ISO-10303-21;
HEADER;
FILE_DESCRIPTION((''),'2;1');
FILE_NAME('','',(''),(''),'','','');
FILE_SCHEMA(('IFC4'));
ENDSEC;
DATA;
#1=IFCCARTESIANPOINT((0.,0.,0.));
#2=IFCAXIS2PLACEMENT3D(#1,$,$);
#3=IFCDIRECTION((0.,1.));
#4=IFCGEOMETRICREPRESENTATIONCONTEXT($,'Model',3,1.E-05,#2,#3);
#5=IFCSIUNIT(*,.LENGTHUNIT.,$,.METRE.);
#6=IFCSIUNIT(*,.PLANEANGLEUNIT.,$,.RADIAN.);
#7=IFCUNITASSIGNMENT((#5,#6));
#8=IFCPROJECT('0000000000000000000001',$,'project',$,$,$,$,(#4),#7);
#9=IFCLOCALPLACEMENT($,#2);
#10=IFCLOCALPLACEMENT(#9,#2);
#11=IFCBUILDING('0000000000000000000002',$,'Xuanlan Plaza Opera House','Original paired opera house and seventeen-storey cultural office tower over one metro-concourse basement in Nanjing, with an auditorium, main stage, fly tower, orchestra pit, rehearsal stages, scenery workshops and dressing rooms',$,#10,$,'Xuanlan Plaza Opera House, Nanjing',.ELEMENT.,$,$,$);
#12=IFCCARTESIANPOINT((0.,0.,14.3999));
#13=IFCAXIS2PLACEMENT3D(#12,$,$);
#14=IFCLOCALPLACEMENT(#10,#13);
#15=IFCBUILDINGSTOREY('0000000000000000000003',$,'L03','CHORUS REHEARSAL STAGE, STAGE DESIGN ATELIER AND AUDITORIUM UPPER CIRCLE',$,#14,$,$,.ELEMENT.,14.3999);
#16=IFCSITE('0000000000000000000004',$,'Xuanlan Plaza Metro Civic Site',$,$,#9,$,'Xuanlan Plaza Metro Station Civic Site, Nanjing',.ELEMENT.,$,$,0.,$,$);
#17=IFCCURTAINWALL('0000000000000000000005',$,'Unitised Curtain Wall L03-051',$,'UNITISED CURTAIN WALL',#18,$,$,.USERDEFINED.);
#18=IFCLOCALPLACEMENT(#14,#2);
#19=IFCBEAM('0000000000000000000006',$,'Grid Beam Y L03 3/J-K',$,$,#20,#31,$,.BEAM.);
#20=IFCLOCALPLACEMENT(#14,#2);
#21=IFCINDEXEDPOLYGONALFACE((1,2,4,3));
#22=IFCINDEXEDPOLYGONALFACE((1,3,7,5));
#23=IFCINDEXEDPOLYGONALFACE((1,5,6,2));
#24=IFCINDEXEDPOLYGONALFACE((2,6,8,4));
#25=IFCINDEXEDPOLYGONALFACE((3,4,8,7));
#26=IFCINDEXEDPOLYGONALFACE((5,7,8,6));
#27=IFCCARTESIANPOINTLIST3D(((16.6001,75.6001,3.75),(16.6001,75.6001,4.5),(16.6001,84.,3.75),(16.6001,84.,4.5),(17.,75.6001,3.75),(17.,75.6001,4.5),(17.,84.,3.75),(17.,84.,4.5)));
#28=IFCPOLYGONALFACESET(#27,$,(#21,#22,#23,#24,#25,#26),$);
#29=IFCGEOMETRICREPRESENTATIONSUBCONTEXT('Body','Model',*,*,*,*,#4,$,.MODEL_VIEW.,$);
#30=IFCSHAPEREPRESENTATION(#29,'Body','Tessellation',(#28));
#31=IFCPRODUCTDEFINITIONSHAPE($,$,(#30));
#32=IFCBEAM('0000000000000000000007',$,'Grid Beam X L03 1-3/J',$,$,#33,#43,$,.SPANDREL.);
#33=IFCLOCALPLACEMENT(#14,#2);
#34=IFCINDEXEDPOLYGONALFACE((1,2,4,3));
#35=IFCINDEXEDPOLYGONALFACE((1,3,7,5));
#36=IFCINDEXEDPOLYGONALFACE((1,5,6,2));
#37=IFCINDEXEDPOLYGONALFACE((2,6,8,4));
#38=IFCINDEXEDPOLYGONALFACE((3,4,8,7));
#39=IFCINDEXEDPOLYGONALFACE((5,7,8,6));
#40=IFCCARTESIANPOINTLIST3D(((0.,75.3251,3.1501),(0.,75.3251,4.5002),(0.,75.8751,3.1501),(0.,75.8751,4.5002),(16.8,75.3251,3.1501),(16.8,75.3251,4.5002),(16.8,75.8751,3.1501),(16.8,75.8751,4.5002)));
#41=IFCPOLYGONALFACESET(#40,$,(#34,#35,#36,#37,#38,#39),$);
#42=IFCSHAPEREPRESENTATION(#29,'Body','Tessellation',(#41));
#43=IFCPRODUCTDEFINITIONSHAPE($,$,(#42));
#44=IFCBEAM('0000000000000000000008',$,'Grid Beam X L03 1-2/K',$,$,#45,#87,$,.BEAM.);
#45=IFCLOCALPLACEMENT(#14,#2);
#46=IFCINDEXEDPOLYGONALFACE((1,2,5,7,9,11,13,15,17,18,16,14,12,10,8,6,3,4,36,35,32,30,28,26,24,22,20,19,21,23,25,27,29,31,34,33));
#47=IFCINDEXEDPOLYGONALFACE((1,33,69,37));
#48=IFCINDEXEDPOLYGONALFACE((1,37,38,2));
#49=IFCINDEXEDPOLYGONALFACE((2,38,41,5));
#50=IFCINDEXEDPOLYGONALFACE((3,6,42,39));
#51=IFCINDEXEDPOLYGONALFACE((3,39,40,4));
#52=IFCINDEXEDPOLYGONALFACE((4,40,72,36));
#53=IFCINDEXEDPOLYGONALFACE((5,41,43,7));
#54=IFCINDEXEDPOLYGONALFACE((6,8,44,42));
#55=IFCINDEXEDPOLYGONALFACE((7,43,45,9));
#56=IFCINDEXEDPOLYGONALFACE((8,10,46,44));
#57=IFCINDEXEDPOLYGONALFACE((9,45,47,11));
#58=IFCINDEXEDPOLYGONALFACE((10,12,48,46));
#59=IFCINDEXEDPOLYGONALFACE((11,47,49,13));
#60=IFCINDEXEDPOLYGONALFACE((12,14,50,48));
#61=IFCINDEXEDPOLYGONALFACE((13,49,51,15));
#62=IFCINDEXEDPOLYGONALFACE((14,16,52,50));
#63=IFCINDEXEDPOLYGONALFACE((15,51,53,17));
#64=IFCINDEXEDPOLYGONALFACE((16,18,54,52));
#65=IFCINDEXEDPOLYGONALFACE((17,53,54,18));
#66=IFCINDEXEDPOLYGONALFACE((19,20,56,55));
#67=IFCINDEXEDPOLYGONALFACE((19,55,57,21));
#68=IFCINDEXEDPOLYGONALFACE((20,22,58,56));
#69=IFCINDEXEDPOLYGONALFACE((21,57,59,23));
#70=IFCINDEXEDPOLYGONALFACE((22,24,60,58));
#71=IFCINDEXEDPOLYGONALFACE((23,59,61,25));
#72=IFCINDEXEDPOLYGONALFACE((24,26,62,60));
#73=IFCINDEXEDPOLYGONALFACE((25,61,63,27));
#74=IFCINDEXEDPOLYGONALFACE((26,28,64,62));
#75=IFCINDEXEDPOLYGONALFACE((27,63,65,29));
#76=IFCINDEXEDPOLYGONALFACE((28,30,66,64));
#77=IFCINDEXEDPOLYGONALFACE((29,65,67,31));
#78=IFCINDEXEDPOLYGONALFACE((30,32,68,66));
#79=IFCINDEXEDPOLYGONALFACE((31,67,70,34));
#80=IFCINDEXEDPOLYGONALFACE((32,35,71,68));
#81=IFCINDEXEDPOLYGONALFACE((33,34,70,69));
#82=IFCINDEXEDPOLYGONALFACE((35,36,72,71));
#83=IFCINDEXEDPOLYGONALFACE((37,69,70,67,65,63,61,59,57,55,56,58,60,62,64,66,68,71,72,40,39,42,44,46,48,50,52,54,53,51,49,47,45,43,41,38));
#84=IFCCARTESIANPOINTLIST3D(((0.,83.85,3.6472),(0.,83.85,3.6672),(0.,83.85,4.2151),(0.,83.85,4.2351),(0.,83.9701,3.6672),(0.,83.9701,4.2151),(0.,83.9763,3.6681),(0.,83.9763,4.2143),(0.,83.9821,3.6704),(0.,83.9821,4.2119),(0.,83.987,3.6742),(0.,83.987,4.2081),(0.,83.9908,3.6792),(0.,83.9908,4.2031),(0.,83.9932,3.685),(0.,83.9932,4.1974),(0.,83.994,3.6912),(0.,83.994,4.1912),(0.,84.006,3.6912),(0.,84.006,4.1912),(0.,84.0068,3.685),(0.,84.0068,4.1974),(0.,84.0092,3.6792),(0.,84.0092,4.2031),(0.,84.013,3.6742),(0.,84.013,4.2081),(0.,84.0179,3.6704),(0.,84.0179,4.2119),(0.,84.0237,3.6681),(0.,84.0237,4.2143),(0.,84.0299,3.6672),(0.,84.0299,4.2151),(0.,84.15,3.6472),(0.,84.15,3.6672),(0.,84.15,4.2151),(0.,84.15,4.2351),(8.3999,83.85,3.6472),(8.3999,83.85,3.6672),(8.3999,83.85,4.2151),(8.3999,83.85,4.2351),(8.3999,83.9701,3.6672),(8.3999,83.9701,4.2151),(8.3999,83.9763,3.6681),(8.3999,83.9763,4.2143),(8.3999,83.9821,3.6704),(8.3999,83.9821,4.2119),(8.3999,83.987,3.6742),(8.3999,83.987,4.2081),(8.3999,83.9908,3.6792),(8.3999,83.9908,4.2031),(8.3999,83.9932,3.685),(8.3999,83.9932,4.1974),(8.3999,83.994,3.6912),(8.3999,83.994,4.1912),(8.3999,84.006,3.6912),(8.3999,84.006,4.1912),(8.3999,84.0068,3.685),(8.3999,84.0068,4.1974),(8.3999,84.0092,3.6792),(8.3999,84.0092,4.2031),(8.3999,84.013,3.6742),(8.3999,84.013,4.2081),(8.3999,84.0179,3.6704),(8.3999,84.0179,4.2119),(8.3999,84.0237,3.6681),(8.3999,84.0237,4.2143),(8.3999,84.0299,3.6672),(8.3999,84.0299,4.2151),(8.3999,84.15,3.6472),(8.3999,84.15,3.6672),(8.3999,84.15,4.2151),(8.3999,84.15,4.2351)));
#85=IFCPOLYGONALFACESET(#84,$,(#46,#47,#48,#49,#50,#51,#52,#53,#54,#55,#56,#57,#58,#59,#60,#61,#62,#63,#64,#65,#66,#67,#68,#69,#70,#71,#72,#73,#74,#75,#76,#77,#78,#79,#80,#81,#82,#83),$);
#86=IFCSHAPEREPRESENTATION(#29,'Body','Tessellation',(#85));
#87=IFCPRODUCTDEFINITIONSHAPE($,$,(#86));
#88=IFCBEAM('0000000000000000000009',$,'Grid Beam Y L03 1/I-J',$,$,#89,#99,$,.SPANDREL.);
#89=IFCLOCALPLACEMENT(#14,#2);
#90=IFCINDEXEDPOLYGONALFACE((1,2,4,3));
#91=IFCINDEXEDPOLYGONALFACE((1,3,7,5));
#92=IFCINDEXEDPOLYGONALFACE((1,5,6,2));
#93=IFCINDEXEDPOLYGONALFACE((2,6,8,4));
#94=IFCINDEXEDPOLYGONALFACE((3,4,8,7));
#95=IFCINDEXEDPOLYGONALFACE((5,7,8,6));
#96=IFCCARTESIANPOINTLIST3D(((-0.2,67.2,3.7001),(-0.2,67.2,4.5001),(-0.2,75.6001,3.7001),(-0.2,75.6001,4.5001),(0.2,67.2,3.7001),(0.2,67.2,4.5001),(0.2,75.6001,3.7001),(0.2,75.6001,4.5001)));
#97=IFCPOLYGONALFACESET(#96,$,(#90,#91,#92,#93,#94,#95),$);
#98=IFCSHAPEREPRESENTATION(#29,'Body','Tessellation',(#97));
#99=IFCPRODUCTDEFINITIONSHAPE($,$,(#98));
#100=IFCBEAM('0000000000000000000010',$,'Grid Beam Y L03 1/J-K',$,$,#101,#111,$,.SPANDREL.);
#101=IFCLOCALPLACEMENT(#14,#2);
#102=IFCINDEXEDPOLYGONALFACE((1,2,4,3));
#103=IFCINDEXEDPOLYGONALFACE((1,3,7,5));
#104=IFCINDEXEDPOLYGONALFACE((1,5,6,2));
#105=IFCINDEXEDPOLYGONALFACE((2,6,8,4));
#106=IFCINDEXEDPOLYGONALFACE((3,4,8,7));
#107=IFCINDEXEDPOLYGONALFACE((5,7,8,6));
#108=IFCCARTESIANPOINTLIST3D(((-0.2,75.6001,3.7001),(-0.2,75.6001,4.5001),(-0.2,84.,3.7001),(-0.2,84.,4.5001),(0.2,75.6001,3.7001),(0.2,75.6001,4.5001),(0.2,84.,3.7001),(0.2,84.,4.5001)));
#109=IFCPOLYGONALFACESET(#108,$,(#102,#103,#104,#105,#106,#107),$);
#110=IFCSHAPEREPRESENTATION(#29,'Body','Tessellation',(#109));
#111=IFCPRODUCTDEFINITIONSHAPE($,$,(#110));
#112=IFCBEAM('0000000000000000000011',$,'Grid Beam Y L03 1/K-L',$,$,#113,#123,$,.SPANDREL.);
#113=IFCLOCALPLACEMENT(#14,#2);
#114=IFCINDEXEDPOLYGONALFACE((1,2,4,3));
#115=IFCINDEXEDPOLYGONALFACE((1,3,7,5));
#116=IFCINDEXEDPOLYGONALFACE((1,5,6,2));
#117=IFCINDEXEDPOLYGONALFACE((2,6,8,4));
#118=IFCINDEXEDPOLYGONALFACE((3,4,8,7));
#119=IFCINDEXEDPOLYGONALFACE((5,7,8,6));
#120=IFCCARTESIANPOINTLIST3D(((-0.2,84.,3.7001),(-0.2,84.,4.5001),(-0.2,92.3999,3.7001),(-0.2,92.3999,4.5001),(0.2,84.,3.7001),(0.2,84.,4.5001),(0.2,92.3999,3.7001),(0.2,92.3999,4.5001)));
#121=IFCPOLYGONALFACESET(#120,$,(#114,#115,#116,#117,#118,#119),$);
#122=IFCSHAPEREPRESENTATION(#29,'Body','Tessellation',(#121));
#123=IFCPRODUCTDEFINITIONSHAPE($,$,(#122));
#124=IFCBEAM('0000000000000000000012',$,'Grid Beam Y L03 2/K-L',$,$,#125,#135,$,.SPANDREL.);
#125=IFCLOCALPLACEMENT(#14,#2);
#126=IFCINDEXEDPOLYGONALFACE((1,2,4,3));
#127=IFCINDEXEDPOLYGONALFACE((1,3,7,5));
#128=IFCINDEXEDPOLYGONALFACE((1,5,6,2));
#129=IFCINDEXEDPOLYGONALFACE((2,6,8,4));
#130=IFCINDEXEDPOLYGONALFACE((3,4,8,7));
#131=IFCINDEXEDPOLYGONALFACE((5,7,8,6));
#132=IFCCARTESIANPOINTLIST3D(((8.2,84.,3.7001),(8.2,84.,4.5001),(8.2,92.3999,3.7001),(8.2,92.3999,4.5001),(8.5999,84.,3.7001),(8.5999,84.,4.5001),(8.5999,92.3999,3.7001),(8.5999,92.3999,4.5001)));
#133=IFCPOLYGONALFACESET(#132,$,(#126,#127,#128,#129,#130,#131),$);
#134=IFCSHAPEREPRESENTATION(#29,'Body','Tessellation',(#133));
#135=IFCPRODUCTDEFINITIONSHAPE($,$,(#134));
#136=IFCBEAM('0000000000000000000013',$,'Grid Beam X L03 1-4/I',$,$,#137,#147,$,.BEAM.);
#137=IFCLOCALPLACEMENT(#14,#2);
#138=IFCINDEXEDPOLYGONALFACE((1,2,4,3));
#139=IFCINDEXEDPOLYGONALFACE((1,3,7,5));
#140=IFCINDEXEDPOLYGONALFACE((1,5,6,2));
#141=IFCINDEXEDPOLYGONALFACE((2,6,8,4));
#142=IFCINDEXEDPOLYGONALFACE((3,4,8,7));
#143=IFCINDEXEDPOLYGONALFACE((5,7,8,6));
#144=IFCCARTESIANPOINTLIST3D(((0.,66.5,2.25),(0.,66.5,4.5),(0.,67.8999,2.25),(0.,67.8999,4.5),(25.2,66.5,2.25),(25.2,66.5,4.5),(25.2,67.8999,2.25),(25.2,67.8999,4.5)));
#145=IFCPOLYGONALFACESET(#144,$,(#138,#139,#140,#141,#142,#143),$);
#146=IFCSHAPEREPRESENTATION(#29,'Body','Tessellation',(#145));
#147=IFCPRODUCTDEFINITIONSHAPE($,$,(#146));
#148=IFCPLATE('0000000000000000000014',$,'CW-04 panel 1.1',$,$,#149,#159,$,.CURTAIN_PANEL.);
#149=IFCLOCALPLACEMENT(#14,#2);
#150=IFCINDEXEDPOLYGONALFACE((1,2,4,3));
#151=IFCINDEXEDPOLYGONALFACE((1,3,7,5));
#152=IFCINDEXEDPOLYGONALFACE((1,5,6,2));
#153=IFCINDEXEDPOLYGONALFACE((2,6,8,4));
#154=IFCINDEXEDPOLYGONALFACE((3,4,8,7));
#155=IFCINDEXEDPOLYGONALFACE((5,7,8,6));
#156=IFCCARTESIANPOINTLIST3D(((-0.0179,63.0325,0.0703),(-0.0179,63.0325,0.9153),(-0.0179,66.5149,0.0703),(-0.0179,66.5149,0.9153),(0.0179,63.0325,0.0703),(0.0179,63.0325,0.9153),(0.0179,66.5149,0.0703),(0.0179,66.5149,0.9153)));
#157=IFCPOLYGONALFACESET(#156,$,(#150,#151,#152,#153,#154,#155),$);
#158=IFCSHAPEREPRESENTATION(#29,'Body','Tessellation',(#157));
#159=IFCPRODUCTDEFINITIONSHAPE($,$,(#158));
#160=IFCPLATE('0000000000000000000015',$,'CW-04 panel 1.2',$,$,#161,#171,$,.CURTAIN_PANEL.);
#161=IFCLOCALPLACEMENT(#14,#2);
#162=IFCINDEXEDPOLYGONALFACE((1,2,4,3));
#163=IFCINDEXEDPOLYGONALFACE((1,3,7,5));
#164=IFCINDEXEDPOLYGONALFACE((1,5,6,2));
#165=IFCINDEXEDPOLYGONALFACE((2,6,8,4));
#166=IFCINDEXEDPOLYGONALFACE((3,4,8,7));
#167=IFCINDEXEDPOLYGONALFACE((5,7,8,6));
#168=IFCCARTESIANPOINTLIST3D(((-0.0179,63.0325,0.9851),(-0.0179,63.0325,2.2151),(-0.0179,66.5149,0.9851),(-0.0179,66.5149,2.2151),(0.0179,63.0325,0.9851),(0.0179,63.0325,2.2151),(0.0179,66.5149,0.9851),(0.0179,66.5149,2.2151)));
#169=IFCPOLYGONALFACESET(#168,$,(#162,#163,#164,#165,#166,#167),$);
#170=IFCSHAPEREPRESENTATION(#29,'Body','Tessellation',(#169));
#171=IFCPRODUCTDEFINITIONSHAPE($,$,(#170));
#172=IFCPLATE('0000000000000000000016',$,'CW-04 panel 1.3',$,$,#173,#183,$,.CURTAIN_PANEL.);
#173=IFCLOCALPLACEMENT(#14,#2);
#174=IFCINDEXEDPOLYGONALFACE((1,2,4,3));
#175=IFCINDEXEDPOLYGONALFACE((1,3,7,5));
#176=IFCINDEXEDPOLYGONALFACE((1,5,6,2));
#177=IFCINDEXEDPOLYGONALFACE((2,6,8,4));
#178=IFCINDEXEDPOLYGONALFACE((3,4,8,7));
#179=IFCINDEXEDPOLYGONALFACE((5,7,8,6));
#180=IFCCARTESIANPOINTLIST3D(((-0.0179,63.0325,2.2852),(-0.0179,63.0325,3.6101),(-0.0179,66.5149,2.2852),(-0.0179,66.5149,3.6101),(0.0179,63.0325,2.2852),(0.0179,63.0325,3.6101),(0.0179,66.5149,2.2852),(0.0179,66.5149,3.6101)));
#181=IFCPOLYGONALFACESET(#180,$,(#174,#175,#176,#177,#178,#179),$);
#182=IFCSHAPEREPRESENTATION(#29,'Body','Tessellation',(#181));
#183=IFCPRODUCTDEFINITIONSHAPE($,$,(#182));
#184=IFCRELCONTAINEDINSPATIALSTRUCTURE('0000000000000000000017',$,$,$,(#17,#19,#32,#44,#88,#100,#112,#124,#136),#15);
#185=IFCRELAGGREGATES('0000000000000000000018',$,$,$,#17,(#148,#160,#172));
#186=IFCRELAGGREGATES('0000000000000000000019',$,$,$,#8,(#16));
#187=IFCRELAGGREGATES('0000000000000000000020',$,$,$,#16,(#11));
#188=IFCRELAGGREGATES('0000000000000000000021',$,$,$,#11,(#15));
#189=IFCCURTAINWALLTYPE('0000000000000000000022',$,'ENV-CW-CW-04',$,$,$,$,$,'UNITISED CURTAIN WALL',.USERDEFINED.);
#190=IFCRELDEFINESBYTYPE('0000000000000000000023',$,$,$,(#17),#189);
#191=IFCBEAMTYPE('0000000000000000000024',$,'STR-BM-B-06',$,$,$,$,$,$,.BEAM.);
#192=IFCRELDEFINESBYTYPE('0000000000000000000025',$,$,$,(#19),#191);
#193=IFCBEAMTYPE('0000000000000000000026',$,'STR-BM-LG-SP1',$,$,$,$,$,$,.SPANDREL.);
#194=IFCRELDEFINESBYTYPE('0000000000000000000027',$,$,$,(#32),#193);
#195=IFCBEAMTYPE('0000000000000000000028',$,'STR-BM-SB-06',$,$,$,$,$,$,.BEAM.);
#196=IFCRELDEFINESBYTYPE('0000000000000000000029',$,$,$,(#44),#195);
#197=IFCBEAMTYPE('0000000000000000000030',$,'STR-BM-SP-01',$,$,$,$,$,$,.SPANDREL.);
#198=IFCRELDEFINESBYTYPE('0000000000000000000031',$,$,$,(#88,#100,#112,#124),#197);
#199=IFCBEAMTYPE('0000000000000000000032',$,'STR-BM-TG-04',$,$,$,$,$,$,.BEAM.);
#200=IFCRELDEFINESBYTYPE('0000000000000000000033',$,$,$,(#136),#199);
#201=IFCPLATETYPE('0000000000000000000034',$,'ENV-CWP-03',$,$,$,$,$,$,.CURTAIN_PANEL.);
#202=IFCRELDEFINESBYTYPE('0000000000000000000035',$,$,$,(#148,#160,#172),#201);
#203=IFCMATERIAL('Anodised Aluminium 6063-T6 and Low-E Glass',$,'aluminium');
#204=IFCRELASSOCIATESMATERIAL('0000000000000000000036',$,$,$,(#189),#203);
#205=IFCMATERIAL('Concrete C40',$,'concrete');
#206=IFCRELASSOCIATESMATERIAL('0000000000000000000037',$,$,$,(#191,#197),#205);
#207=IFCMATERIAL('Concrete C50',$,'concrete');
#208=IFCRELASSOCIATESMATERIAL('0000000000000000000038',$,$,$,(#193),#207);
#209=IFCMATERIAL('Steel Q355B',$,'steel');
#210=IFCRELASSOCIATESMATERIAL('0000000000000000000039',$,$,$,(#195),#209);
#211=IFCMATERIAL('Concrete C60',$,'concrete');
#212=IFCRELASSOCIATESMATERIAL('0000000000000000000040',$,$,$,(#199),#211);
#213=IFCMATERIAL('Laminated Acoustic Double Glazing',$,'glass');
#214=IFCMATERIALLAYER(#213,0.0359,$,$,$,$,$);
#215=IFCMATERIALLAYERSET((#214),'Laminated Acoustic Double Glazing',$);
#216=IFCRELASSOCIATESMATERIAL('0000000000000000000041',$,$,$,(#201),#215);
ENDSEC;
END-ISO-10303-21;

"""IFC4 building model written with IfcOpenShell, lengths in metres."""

from ifc_helpers import new_model, si_unit, direction, frame, origin, origin_2d, place, context, subcontext, project, spatial, rectangle, i_section, extrude, material, layer, layer_set, material_profile, profile_set, type_object, element, aggregate, save


model = new_model("IFC4")

# Units and contexts
model_context = context("Model", 3, precision=1e-05, world=origin(), true_north=direction((0.0, 1.0)))
body_context = subcontext(model_context, "Body", "Model", "MODEL_VIEW")
ifc_project = project(units=[si_unit("LENGTHUNIT", "METRE"), si_unit("PLANEANGLEUNIT", "RADIAN")], contexts=[model_context])

# Site, building, storey
site_placement = place(None, origin())
site = spatial("IfcSite", under=ifc_project, at=site_placement, Name="Xuanlan Plaza Metro Civic Site", LongName="Xuanlan Plaza Metro Station Civic Site, Nanjing", CompositionType="ELEMENT", RefElevation=0.0)
building_placement = place(site_placement, origin())
building = spatial("IfcBuilding", under=site, at=building_placement, Name="Xuanlan Plaza Opera House", Description="Original paired opera house and seventeen-storey cultural office tower over one metro-concourse basement in Nanjing, with an auditorium, main stage, fly tower, orchestra pit, rehearsal stages, scenery workshops and dressing rooms", LongName="Xuanlan Plaza Opera House, Nanjing", CompositionType="ELEMENT")
storey_placement = place(building_placement, frame((0.0, 0.0, 14.3999)))
storey = spatial("IfcBuildingStorey", under=building, at=storey_placement, Name="L03", Description="CHORUS REHEARSAL STAGE, STAGE DESIGN ATELIER AND AUDITORIUM UPPER CIRCLE", CompositionType="ELEMENT", Elevation=14.3999)

# Shared definitions
ifc_material_1 = material(Name="Concrete C60", Category="concrete")
ifc_material_2 = material(Name="Concrete C40", Category="concrete")

# Curtain wall
ifc_material_3 = material(Name="Anodised Aluminium 6063-T6 and Low-E Glass", Category="aluminium")
curtain_wall_type = type_object("IfcCurtainWallType", Name="ENV-CW-CW-04", ElementType="UNITISED CURTAIN WALL", PredefinedType="USERDEFINED", material=ifc_material_3)
curtain_wall_placement = place(storey_placement, origin())
curtain_wall = element("IfcCurtainWall", 1, at=curtain_wall_placement, inside=storey, type_object=curtain_wall_type, Name="Unitised Curtain Wall L03-051", ObjectType="UNITISED CURTAIN WALL", PredefinedType="USERDEFINED")

# Beams
ifc_material_4 = material(Name="Concrete C50", Category="concrete")
ifc_material_profile_1 = material_profile(ifc_material_2, rectangle(XDim=0.3999, YDim=0.75, at=origin_2d()), Name="RC-BM 400x750")
ifc_profile_set_1 = profile_set([ifc_material_profile_1], Name="Concrete C40")
beam_type_1 = type_object("IfcBeamType", Name="STR-BM-B-06", PredefinedType="BEAM", material=ifc_profile_set_1)
beam_1_placement = place(storey_placement, frame((16.8, 75.6001, 4.125), z_axis=(0.0, 1.0, 0.0), x_axis=(-1.0, 0.0, 0.0)))
element("IfcBeam", 2, at=beam_1_placement, inside=storey, type_object=beam_type_1, Name="Grid Beam Y L03 3/J-K", PredefinedType="BEAM", context=body_context, shape_type="SweptSolid", body=[
    extrude(rectangle(XDim=0.3999, YDim=0.75, at=origin_2d()), origin(), (0.0, 0.0, 1.0), 8.3999),
])
ifc_material_profile_2 = material_profile(ifc_material_4, rectangle(XDim=0.55, YDim=1.3501, at=origin_2d()), Name="RC-SPD 550x1350")
ifc_profile_set_2 = profile_set([ifc_material_profile_2], Name="Concrete C50")
beam_type_2 = type_object("IfcBeamType", Name="STR-BM-LG-SP1", PredefinedType="SPANDREL", material=ifc_profile_set_2)
beam_2_placement = place(storey_placement, frame((0.0, 75.6001, 3.8252), z_axis=(1.0, 0.0, 0.0), x_axis=(0.0, 1.0, 0.0)))
element("IfcBeam", 3, at=beam_2_placement, inside=storey, type_object=beam_type_2, Name="Grid Beam X L03 1-3/J", PredefinedType="SPANDREL", context=body_context, shape_type="SweptSolid", body=[
    extrude(rectangle(XDim=0.55, YDim=1.3501, at=origin_2d()), origin(), (0.0, 0.0, 1.0), 16.8),
])
ifc_material_5 = material(Name="Steel Q355B", Category="steel")
ifc_material_profile_3 = material_profile(ifc_material_5, i_section(OverallWidth=0.3, OverallDepth=0.5879, WebThickness=0.012, FlangeThickness=0.02, FilletRadius=0.0239, at=origin_2d()), Name="HM 588x300x12x20")
ifc_profile_set_3 = profile_set([ifc_material_profile_3], Name="Steel Q355B")
beam_type_3 = type_object("IfcBeamType", Name="STR-BM-SB-06", PredefinedType="BEAM", material=ifc_profile_set_3)
beam_3_placement = place(storey_placement, frame((0.0, 84.0, 3.9412), z_axis=(1.0, 0.0, 0.0), x_axis=(0.0, 1.0, 0.0)))
element("IfcBeam", 4, at=beam_3_placement, inside=storey, type_object=beam_type_3, Name="Grid Beam X L03 1-2/K", PredefinedType="BEAM", context=body_context, shape_type="SweptSolid", body=[
    extrude(i_section(OverallWidth=0.3, OverallDepth=0.5879, WebThickness=0.012, FlangeThickness=0.02, FilletRadius=0.0239, at=origin_2d()), origin(), (0.0, 0.0, 1.0), 8.3999),
])
ifc_material_profile_4 = material_profile(ifc_material_2, rectangle(XDim=0.3999, YDim=0.8, at=origin_2d()), Name="RC-SPD 400x800")
ifc_profile_set_4 = profile_set([ifc_material_profile_4], Name="Concrete C40")
beam_type_4 = type_object("IfcBeamType", Name="STR-BM-SP-01", PredefinedType="SPANDREL", material=ifc_profile_set_4)
beam_4_placement = place(storey_placement, frame((0.0, 67.2, 4.1001), z_axis=(0.0, 1.0, 0.0), x_axis=(-1.0, 0.0, 0.0)))
element("IfcBeam", 5, at=beam_4_placement, inside=storey, type_object=beam_type_4, Name="Grid Beam Y L03 1/I-J", PredefinedType="SPANDREL", context=body_context, shape_type="SweptSolid", body=[
    extrude(rectangle(XDim=0.3999, YDim=0.8, at=origin_2d()), origin(), (0.0, 0.0, 1.0), 8.4001),
])
for number, where, z_axis, x_axis, name in (
    (6, (0.0, 75.6001, 4.1001), (0.0, 1.0, 0.0), (-1.0, 0.0, 0.0), "Grid Beam Y L03 1/J-K"),
    (7, (0.0, 84.0, 4.1001), (0.0, 1.0, 0.0), (-1.0, 0.0, 0.0), "Grid Beam Y L03 1/K-L"),
    (8, (8.3999, 84.0, 4.1001), (0.0, 1.0, 0.0), (-1.0, 0.0, 0.0), "Grid Beam Y L03 2/K-L"),
):
    element("IfcBeam", number, at=place(storey_placement, frame(where, z_axis=z_axis, x_axis=x_axis)), inside=storey, type_object=beam_type_4, Name=name, PredefinedType="SPANDREL", context=body_context, shape_type="SweptSolid", body=[
        extrude(rectangle(XDim=0.3999, YDim=0.8, at=origin_2d()), origin(), (0.0, 0.0, 1.0), 8.3999),
    ])
ifc_material_profile_5 = material_profile(ifc_material_1, rectangle(XDim=1.3999, YDim=2.25, at=origin_2d()), Name="RC-TG 1400x2250")
ifc_profile_set_5 = profile_set([ifc_material_profile_5], Name="Concrete C60")
beam_type_5 = type_object("IfcBeamType", Name="STR-BM-TG-04", PredefinedType="BEAM", material=ifc_profile_set_5)
beam_5_placement = place(storey_placement, frame((0.0, 67.2, 3.375), z_axis=(1.0, 0.0, 0.0), x_axis=(0.0, 1.0, 0.0)))
element("IfcBeam", 9, at=beam_5_placement, inside=storey, type_object=beam_type_5, Name="Grid Beam X L03 1-4/I", PredefinedType="BEAM", context=body_context, shape_type="SweptSolid", body=[
    extrude(rectangle(XDim=1.3999, YDim=2.25, at=origin_2d()), origin(), (0.0, 0.0, 1.0), 25.2),
])

# Plates
ifc_material_6 = material(Name="Laminated Acoustic Double Glazing", Category="glass")
ifc_layer_1 = layer(ifc_material_6, 0.0359)
ifc_layer_set_1 = layer_set([ifc_layer_1], Name="Laminated Acoustic Double Glazing")
plate_type = type_object("IfcPlateType", Name="ENV-CWP-03", PredefinedType="CURTAIN_PANEL", material=ifc_layer_set_1)
plate_1_placement = place(storey_placement, frame((0.0, 64.7737, 0.0703), z_axis=(0.0, 0.0, 1.0), x_axis=(0.0, -1.0, 0.0)))
plate_1 = element("IfcPlate", 10, at=plate_1_placement, type_object=plate_type, Name="CW-04 panel 1.1", PredefinedType="CURTAIN_PANEL", context=body_context, shape_type="SweptSolid", body=[
    extrude(rectangle(XDim=3.4824, YDim=0.0359, at=origin_2d()), origin(), (0.0, 0.0, 1.0), 0.845),
])
plate_2_placement = place(storey_placement, frame((0.0, 64.7737, 0.9851), z_axis=(0.0, 0.0, 1.0), x_axis=(0.0, -1.0, 0.0)))
plate_2 = element("IfcPlate", 11, at=plate_2_placement, type_object=plate_type, Name="CW-04 panel 1.2", PredefinedType="CURTAIN_PANEL", context=body_context, shape_type="SweptSolid", body=[
    extrude(rectangle(XDim=3.4824, YDim=0.0359, at=origin_2d()), origin(), (0.0, 0.0, 1.0), 1.23),
])
plate_3_placement = place(storey_placement, frame((0.0, 64.7737, 2.2852), z_axis=(0.0, 0.0, 1.0), x_axis=(0.0, -1.0, 0.0)))
plate_3 = element("IfcPlate", 12, at=plate_3_placement, type_object=plate_type, Name="CW-04 panel 1.3", PredefinedType="CURTAIN_PANEL", context=body_context, shape_type="SweptSolid", body=[
    extrude(rectangle(XDim=3.4824, YDim=0.0359, at=origin_2d()), origin(), (0.0, 0.0, 1.0), 1.325),
])
aggregate(curtain_wall, [plate_1, plate_2, plate_3])

save(model, "model.ifc")
